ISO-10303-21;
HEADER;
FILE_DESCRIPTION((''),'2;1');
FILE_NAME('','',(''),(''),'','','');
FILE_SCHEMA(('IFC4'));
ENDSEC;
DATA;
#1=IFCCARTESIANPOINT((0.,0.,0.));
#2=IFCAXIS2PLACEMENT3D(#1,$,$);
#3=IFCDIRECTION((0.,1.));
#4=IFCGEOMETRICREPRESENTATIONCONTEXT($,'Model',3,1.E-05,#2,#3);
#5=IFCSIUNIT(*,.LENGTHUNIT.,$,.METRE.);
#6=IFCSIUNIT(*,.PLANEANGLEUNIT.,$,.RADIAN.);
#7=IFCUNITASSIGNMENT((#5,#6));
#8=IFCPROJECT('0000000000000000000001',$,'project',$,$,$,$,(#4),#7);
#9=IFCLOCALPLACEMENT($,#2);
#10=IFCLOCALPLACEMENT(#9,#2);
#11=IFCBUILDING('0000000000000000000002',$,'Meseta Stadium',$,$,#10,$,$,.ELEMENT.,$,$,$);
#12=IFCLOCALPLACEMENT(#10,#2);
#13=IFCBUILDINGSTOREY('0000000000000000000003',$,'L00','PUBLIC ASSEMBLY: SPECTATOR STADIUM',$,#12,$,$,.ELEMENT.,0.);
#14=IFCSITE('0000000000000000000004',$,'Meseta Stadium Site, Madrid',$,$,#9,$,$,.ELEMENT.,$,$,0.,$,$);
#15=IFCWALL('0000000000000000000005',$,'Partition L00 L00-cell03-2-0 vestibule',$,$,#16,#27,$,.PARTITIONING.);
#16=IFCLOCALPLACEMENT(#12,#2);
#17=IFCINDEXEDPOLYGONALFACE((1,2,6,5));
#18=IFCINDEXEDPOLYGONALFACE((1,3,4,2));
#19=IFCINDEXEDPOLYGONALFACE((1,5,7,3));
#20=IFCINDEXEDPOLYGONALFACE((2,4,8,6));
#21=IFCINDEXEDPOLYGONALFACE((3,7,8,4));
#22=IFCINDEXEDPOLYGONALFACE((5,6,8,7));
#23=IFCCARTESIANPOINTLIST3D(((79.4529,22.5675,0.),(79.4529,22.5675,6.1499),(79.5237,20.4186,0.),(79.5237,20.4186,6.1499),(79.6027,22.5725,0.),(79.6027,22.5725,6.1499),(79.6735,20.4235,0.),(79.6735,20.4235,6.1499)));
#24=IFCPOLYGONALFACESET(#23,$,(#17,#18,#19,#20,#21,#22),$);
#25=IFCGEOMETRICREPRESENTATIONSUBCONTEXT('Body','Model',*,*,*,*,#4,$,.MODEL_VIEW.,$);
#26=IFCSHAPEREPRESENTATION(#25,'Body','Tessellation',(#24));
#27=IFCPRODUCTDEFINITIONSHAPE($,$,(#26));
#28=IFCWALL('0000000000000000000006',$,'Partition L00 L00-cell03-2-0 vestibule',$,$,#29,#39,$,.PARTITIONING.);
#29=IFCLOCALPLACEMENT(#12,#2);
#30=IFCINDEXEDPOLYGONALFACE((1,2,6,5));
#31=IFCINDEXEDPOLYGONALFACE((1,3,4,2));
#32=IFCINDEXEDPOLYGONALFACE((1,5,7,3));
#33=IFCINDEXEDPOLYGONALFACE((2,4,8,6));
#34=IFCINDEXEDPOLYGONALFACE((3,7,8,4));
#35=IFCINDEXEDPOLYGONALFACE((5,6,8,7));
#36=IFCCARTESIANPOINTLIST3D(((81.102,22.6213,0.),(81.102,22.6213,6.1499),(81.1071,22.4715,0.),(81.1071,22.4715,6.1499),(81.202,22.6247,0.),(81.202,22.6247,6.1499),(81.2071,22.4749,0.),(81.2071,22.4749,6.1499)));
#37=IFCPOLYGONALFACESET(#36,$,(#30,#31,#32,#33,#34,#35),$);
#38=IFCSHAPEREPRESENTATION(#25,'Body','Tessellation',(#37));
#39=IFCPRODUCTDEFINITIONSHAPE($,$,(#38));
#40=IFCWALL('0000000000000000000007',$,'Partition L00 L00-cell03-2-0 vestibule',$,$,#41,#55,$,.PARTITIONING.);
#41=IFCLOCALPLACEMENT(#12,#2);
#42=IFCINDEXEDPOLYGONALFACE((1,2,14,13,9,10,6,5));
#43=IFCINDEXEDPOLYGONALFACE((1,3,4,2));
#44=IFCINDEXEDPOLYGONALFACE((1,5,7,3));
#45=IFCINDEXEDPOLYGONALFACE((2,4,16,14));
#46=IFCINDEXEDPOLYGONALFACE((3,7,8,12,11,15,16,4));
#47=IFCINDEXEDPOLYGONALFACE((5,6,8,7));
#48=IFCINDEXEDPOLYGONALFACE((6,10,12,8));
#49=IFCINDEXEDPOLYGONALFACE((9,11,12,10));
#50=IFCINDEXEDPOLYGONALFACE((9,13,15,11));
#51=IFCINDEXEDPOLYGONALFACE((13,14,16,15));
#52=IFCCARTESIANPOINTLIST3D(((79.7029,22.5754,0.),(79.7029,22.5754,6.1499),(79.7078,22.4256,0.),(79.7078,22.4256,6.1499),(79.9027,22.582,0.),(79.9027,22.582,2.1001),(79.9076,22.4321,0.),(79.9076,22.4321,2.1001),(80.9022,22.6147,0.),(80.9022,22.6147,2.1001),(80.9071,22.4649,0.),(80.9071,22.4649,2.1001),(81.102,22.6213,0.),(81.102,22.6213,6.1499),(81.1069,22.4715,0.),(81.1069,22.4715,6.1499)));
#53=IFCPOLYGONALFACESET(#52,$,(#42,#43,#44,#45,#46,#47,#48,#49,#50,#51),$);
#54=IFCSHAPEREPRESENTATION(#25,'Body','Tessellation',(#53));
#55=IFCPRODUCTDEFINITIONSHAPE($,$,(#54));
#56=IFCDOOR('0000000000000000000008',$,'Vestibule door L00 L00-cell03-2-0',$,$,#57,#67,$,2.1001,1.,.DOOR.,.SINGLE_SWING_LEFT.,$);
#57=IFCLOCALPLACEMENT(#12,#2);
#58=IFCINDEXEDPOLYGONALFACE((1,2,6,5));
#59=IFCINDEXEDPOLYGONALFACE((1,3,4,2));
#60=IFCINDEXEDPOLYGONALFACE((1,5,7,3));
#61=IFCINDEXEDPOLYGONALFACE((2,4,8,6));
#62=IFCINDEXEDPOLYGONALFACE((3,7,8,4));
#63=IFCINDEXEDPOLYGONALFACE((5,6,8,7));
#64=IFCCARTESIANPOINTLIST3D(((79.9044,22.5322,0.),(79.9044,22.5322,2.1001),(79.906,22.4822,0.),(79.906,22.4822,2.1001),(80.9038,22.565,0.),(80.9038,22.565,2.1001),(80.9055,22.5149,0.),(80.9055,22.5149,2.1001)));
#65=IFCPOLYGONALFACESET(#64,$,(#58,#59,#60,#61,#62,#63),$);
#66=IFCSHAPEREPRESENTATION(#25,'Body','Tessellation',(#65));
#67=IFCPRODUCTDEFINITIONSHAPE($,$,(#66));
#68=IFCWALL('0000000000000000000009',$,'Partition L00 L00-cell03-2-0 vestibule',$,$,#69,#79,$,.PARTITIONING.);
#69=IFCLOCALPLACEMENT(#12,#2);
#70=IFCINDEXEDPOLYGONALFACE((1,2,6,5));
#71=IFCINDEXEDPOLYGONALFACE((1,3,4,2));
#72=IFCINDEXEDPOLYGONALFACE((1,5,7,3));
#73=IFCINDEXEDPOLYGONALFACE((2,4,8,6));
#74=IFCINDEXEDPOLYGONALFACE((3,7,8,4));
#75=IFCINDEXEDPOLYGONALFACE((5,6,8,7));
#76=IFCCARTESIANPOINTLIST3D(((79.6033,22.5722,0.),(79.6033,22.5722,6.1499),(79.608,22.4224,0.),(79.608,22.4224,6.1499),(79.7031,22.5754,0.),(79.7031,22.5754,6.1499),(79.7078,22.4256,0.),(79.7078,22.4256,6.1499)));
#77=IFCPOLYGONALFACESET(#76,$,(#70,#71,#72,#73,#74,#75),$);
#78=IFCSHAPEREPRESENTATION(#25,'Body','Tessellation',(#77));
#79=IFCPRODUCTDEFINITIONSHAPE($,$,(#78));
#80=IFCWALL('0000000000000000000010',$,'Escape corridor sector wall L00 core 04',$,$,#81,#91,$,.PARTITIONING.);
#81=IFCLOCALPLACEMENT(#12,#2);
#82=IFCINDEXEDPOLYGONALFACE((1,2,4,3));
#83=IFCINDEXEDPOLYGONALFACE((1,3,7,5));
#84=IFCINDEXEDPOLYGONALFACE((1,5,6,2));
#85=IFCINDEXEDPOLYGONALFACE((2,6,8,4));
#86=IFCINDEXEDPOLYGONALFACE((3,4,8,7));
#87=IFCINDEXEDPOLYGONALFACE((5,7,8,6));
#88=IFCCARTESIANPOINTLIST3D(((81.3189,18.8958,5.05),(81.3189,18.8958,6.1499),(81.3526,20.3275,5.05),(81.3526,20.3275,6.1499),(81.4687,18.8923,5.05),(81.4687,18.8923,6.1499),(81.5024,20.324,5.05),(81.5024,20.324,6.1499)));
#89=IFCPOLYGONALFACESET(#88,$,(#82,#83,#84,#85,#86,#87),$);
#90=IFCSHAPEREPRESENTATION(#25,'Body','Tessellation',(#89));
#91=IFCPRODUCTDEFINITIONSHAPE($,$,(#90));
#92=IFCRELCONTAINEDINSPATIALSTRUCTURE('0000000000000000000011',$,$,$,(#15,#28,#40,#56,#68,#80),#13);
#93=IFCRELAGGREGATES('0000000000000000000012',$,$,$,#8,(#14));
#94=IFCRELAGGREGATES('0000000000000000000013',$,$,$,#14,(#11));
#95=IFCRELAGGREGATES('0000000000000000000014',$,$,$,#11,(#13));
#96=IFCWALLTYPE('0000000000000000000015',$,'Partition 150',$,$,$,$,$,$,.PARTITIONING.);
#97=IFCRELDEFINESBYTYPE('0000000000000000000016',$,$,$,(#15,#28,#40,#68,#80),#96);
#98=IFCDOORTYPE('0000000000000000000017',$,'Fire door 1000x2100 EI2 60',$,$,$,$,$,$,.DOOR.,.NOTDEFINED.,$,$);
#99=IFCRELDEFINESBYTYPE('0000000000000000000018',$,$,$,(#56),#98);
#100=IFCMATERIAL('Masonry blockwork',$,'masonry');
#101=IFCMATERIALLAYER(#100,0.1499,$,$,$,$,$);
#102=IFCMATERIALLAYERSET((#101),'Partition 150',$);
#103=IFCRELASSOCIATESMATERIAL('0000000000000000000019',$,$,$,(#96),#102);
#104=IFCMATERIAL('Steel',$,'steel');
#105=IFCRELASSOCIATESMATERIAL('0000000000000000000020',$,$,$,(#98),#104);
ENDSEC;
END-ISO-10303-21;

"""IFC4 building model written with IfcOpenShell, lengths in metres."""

from ifc_helpers import new_model, si_unit, direction, frame, frame_2d, origin, place, context, subcontext, project, spatial, rectangle, extrude, material, layer, layer_set, type_object, element, fill, save


model = new_model("IFC4")

# Units and contexts
model_context = context("Model", 3, precision=1e-05, world=origin(), true_north=direction((0.0, 1.0)))
body_context = subcontext(model_context, "Body", "Model", "MODEL_VIEW")
ifc_project = project(units=[si_unit("LENGTHUNIT", "METRE"), si_unit("PLANEANGLEUNIT", "RADIAN")], contexts=[model_context])

# Site, building, storey
site_placement = place(None, origin())
site = spatial("IfcSite", under=ifc_project, at=site_placement, Name="Meseta Stadium Site, Madrid", CompositionType="ELEMENT", RefElevation=0.0)
building_placement = place(site_placement, origin())
building = spatial("IfcBuilding", under=site, at=building_placement, Name="Meseta Stadium", CompositionType="ELEMENT")
storey_placement = place(building_placement, origin())
storey = spatial("IfcBuildingStorey", under=building, at=storey_placement, Name="L00", Description="PUBLIC ASSEMBLY: SPECTATOR STADIUM", CompositionType="ELEMENT", Elevation=0.0)

# Shared definitions
ifc_material_1 = material(Name="Masonry blockwork", Category="masonry")
ifc_layer_1 = layer(ifc_material_1, 0.1499)
ifc_layer_set_1 = layer_set([ifc_layer_1], Name="Partition 150")
wall_type_1 = type_object("IfcWallType", Name="Partition 150", PredefinedType="PARTITIONING", material=ifc_layer_set_1)

# Shared definitions
ifc_material_2 = material(Name="Steel", Category="steel")
door_type_1 = type_object("IfcDoorType", Name="Fire door 1000x2100 EI2 60", OperationType="NOTDEFINED", PredefinedType="DOOR", material=ifc_material_2)

# Walls
wall_1_placement = place(storey_placement, frame((79.5986, 20.4209, 0.0), z_axis=(0.0, 0.0, 1.0), x_axis=(-0.032929, 0.999458, 0.0)))
element("IfcWall", 1, at=wall_1_placement, inside=storey, type_object=wall_type_1, Name="Partition L00 L00-cell03-2-0 vestibule", PredefinedType="PARTITIONING", context=body_context, shape_type="SweptSolid", body=[
    extrude(rectangle(XDim=2.1501, YDim=0.1499, at=frame_2d((1.0752, 0.0))), origin(), (0.0, 0.0, 1.0), 6.1499),
])
wall_2_placement = place(storey_placement, frame((81.2046, 22.5498, 0.0), z_axis=(0.0, 0.0, 1.0), x_axis=(-0.999418, -0.034126, 0.0)))
element("IfcWall", 2, at=wall_2_placement, inside=storey, type_object=wall_type_1, Name="Partition L00 L00-cell03-2-0 vestibule", PredefinedType="PARTITIONING", context=body_context, shape_type="SweptSolid", body=[
    extrude(rectangle(XDim=0.1001, YDim=0.1499, at=frame_2d((0.05, 0.0))), origin(), (0.0, 0.0, 1.0), 6.1499),
])

# Wall, opening, door
wall_3_placement = place(storey_placement, frame((81.1045, 22.5464, 0.0), z_axis=(0.0, 0.0, 1.0), x_axis=(-0.999462, -0.032786, 0.0)))
wall_3 = element("IfcWall", 3, at=wall_3_placement, inside=storey, type_object=wall_type_1, Name="Partition L00 L00-cell03-2-0 vestibule", PredefinedType="PARTITIONING", context=body_context, shape_type="SweptSolid", body=[
    extrude(rectangle(XDim=1.3999, YDim=0.1499, at=frame_2d((0.7, 0.0))), origin(), (0.0, 0.0, 1.0), 6.1499),
])
opening_1_placement = place(wall_3_placement, frame((0.2, 0.0, 0.0)))
opening_1 = element("IfcOpeningElement", 4, at=opening_1_placement, cuts=wall_3, PredefinedType="OPENING", context=body_context, shape_type="SweptSolid", body=[
    extrude(rectangle(XDim=1.0, YDim=2.1001, at=frame_2d((0.5, 1.05))), frame((0.0, 0.085, 0.0), z_axis=(0.0, -1.0, 0.0), x_axis=(1.0, 0.0, 0.0)), (0.0, 0.0, 1.0), 0.1699),
])
door_1_placement = place(opening_1_placement, origin())
door_1 = element("IfcDoor", 5, at=door_1_placement, inside=storey, type_object=door_type_1, Name="Vestibule door L00 L00-cell03-2-0", OperationType="SINGLE_SWING_LEFT", OverallHeight=2.1001, OverallWidth=1.0, PredefinedType="DOOR", context=body_context, shape_type="SweptSolid", body=[
    extrude(rectangle(XDim=1.0, YDim=2.1001, at=frame_2d((0.5, 1.05))), frame((0.0, 0.0249, 0.0), z_axis=(0.0, -1.0, 0.0), x_axis=(1.0, 0.0, 0.0)), (0.0, 0.0, 1.0), 0.05),
])
fill(opening_1, door_1)

# Walls
wall_4_placement = place(storey_placement, frame((79.7053, 22.5005, 0.0), z_axis=(0.0, 0.0, 1.0), x_axis=(-0.999495, -0.031769, 0.0)))
element("IfcWall", 6, at=wall_4_placement, inside=storey, type_object=wall_type_1, Name="Partition L00 L00-cell03-2-0 vestibule", PredefinedType="PARTITIONING", context=body_context, shape_type="SweptSolid", body=[
    extrude(rectangle(XDim=0.0999, YDim=0.1499, at=frame_2d((0.0498, 0.0))), origin(), (0.0, 0.0, 1.0), 6.1499),
])
wall_5_placement = place(storey_placement, frame((81.3938, 18.894, 5.05), z_axis=(0.0, 0.0, 1.0), x_axis=(0.023527, 0.999723, 0.0)))
element("IfcWall", 7, at=wall_5_placement, inside=storey, type_object=wall_type_1, Name="Escape corridor sector wall L00 core 04", PredefinedType="PARTITIONING", context=body_context, shape_type="SweptSolid", body=[
    extrude(rectangle(XDim=1.4321, YDim=0.1499, at=frame_2d((0.7161, 0.0))), origin(), (0.0, 0.0, 1.0), 1.0999),
])

save(model, "model.ifc")
